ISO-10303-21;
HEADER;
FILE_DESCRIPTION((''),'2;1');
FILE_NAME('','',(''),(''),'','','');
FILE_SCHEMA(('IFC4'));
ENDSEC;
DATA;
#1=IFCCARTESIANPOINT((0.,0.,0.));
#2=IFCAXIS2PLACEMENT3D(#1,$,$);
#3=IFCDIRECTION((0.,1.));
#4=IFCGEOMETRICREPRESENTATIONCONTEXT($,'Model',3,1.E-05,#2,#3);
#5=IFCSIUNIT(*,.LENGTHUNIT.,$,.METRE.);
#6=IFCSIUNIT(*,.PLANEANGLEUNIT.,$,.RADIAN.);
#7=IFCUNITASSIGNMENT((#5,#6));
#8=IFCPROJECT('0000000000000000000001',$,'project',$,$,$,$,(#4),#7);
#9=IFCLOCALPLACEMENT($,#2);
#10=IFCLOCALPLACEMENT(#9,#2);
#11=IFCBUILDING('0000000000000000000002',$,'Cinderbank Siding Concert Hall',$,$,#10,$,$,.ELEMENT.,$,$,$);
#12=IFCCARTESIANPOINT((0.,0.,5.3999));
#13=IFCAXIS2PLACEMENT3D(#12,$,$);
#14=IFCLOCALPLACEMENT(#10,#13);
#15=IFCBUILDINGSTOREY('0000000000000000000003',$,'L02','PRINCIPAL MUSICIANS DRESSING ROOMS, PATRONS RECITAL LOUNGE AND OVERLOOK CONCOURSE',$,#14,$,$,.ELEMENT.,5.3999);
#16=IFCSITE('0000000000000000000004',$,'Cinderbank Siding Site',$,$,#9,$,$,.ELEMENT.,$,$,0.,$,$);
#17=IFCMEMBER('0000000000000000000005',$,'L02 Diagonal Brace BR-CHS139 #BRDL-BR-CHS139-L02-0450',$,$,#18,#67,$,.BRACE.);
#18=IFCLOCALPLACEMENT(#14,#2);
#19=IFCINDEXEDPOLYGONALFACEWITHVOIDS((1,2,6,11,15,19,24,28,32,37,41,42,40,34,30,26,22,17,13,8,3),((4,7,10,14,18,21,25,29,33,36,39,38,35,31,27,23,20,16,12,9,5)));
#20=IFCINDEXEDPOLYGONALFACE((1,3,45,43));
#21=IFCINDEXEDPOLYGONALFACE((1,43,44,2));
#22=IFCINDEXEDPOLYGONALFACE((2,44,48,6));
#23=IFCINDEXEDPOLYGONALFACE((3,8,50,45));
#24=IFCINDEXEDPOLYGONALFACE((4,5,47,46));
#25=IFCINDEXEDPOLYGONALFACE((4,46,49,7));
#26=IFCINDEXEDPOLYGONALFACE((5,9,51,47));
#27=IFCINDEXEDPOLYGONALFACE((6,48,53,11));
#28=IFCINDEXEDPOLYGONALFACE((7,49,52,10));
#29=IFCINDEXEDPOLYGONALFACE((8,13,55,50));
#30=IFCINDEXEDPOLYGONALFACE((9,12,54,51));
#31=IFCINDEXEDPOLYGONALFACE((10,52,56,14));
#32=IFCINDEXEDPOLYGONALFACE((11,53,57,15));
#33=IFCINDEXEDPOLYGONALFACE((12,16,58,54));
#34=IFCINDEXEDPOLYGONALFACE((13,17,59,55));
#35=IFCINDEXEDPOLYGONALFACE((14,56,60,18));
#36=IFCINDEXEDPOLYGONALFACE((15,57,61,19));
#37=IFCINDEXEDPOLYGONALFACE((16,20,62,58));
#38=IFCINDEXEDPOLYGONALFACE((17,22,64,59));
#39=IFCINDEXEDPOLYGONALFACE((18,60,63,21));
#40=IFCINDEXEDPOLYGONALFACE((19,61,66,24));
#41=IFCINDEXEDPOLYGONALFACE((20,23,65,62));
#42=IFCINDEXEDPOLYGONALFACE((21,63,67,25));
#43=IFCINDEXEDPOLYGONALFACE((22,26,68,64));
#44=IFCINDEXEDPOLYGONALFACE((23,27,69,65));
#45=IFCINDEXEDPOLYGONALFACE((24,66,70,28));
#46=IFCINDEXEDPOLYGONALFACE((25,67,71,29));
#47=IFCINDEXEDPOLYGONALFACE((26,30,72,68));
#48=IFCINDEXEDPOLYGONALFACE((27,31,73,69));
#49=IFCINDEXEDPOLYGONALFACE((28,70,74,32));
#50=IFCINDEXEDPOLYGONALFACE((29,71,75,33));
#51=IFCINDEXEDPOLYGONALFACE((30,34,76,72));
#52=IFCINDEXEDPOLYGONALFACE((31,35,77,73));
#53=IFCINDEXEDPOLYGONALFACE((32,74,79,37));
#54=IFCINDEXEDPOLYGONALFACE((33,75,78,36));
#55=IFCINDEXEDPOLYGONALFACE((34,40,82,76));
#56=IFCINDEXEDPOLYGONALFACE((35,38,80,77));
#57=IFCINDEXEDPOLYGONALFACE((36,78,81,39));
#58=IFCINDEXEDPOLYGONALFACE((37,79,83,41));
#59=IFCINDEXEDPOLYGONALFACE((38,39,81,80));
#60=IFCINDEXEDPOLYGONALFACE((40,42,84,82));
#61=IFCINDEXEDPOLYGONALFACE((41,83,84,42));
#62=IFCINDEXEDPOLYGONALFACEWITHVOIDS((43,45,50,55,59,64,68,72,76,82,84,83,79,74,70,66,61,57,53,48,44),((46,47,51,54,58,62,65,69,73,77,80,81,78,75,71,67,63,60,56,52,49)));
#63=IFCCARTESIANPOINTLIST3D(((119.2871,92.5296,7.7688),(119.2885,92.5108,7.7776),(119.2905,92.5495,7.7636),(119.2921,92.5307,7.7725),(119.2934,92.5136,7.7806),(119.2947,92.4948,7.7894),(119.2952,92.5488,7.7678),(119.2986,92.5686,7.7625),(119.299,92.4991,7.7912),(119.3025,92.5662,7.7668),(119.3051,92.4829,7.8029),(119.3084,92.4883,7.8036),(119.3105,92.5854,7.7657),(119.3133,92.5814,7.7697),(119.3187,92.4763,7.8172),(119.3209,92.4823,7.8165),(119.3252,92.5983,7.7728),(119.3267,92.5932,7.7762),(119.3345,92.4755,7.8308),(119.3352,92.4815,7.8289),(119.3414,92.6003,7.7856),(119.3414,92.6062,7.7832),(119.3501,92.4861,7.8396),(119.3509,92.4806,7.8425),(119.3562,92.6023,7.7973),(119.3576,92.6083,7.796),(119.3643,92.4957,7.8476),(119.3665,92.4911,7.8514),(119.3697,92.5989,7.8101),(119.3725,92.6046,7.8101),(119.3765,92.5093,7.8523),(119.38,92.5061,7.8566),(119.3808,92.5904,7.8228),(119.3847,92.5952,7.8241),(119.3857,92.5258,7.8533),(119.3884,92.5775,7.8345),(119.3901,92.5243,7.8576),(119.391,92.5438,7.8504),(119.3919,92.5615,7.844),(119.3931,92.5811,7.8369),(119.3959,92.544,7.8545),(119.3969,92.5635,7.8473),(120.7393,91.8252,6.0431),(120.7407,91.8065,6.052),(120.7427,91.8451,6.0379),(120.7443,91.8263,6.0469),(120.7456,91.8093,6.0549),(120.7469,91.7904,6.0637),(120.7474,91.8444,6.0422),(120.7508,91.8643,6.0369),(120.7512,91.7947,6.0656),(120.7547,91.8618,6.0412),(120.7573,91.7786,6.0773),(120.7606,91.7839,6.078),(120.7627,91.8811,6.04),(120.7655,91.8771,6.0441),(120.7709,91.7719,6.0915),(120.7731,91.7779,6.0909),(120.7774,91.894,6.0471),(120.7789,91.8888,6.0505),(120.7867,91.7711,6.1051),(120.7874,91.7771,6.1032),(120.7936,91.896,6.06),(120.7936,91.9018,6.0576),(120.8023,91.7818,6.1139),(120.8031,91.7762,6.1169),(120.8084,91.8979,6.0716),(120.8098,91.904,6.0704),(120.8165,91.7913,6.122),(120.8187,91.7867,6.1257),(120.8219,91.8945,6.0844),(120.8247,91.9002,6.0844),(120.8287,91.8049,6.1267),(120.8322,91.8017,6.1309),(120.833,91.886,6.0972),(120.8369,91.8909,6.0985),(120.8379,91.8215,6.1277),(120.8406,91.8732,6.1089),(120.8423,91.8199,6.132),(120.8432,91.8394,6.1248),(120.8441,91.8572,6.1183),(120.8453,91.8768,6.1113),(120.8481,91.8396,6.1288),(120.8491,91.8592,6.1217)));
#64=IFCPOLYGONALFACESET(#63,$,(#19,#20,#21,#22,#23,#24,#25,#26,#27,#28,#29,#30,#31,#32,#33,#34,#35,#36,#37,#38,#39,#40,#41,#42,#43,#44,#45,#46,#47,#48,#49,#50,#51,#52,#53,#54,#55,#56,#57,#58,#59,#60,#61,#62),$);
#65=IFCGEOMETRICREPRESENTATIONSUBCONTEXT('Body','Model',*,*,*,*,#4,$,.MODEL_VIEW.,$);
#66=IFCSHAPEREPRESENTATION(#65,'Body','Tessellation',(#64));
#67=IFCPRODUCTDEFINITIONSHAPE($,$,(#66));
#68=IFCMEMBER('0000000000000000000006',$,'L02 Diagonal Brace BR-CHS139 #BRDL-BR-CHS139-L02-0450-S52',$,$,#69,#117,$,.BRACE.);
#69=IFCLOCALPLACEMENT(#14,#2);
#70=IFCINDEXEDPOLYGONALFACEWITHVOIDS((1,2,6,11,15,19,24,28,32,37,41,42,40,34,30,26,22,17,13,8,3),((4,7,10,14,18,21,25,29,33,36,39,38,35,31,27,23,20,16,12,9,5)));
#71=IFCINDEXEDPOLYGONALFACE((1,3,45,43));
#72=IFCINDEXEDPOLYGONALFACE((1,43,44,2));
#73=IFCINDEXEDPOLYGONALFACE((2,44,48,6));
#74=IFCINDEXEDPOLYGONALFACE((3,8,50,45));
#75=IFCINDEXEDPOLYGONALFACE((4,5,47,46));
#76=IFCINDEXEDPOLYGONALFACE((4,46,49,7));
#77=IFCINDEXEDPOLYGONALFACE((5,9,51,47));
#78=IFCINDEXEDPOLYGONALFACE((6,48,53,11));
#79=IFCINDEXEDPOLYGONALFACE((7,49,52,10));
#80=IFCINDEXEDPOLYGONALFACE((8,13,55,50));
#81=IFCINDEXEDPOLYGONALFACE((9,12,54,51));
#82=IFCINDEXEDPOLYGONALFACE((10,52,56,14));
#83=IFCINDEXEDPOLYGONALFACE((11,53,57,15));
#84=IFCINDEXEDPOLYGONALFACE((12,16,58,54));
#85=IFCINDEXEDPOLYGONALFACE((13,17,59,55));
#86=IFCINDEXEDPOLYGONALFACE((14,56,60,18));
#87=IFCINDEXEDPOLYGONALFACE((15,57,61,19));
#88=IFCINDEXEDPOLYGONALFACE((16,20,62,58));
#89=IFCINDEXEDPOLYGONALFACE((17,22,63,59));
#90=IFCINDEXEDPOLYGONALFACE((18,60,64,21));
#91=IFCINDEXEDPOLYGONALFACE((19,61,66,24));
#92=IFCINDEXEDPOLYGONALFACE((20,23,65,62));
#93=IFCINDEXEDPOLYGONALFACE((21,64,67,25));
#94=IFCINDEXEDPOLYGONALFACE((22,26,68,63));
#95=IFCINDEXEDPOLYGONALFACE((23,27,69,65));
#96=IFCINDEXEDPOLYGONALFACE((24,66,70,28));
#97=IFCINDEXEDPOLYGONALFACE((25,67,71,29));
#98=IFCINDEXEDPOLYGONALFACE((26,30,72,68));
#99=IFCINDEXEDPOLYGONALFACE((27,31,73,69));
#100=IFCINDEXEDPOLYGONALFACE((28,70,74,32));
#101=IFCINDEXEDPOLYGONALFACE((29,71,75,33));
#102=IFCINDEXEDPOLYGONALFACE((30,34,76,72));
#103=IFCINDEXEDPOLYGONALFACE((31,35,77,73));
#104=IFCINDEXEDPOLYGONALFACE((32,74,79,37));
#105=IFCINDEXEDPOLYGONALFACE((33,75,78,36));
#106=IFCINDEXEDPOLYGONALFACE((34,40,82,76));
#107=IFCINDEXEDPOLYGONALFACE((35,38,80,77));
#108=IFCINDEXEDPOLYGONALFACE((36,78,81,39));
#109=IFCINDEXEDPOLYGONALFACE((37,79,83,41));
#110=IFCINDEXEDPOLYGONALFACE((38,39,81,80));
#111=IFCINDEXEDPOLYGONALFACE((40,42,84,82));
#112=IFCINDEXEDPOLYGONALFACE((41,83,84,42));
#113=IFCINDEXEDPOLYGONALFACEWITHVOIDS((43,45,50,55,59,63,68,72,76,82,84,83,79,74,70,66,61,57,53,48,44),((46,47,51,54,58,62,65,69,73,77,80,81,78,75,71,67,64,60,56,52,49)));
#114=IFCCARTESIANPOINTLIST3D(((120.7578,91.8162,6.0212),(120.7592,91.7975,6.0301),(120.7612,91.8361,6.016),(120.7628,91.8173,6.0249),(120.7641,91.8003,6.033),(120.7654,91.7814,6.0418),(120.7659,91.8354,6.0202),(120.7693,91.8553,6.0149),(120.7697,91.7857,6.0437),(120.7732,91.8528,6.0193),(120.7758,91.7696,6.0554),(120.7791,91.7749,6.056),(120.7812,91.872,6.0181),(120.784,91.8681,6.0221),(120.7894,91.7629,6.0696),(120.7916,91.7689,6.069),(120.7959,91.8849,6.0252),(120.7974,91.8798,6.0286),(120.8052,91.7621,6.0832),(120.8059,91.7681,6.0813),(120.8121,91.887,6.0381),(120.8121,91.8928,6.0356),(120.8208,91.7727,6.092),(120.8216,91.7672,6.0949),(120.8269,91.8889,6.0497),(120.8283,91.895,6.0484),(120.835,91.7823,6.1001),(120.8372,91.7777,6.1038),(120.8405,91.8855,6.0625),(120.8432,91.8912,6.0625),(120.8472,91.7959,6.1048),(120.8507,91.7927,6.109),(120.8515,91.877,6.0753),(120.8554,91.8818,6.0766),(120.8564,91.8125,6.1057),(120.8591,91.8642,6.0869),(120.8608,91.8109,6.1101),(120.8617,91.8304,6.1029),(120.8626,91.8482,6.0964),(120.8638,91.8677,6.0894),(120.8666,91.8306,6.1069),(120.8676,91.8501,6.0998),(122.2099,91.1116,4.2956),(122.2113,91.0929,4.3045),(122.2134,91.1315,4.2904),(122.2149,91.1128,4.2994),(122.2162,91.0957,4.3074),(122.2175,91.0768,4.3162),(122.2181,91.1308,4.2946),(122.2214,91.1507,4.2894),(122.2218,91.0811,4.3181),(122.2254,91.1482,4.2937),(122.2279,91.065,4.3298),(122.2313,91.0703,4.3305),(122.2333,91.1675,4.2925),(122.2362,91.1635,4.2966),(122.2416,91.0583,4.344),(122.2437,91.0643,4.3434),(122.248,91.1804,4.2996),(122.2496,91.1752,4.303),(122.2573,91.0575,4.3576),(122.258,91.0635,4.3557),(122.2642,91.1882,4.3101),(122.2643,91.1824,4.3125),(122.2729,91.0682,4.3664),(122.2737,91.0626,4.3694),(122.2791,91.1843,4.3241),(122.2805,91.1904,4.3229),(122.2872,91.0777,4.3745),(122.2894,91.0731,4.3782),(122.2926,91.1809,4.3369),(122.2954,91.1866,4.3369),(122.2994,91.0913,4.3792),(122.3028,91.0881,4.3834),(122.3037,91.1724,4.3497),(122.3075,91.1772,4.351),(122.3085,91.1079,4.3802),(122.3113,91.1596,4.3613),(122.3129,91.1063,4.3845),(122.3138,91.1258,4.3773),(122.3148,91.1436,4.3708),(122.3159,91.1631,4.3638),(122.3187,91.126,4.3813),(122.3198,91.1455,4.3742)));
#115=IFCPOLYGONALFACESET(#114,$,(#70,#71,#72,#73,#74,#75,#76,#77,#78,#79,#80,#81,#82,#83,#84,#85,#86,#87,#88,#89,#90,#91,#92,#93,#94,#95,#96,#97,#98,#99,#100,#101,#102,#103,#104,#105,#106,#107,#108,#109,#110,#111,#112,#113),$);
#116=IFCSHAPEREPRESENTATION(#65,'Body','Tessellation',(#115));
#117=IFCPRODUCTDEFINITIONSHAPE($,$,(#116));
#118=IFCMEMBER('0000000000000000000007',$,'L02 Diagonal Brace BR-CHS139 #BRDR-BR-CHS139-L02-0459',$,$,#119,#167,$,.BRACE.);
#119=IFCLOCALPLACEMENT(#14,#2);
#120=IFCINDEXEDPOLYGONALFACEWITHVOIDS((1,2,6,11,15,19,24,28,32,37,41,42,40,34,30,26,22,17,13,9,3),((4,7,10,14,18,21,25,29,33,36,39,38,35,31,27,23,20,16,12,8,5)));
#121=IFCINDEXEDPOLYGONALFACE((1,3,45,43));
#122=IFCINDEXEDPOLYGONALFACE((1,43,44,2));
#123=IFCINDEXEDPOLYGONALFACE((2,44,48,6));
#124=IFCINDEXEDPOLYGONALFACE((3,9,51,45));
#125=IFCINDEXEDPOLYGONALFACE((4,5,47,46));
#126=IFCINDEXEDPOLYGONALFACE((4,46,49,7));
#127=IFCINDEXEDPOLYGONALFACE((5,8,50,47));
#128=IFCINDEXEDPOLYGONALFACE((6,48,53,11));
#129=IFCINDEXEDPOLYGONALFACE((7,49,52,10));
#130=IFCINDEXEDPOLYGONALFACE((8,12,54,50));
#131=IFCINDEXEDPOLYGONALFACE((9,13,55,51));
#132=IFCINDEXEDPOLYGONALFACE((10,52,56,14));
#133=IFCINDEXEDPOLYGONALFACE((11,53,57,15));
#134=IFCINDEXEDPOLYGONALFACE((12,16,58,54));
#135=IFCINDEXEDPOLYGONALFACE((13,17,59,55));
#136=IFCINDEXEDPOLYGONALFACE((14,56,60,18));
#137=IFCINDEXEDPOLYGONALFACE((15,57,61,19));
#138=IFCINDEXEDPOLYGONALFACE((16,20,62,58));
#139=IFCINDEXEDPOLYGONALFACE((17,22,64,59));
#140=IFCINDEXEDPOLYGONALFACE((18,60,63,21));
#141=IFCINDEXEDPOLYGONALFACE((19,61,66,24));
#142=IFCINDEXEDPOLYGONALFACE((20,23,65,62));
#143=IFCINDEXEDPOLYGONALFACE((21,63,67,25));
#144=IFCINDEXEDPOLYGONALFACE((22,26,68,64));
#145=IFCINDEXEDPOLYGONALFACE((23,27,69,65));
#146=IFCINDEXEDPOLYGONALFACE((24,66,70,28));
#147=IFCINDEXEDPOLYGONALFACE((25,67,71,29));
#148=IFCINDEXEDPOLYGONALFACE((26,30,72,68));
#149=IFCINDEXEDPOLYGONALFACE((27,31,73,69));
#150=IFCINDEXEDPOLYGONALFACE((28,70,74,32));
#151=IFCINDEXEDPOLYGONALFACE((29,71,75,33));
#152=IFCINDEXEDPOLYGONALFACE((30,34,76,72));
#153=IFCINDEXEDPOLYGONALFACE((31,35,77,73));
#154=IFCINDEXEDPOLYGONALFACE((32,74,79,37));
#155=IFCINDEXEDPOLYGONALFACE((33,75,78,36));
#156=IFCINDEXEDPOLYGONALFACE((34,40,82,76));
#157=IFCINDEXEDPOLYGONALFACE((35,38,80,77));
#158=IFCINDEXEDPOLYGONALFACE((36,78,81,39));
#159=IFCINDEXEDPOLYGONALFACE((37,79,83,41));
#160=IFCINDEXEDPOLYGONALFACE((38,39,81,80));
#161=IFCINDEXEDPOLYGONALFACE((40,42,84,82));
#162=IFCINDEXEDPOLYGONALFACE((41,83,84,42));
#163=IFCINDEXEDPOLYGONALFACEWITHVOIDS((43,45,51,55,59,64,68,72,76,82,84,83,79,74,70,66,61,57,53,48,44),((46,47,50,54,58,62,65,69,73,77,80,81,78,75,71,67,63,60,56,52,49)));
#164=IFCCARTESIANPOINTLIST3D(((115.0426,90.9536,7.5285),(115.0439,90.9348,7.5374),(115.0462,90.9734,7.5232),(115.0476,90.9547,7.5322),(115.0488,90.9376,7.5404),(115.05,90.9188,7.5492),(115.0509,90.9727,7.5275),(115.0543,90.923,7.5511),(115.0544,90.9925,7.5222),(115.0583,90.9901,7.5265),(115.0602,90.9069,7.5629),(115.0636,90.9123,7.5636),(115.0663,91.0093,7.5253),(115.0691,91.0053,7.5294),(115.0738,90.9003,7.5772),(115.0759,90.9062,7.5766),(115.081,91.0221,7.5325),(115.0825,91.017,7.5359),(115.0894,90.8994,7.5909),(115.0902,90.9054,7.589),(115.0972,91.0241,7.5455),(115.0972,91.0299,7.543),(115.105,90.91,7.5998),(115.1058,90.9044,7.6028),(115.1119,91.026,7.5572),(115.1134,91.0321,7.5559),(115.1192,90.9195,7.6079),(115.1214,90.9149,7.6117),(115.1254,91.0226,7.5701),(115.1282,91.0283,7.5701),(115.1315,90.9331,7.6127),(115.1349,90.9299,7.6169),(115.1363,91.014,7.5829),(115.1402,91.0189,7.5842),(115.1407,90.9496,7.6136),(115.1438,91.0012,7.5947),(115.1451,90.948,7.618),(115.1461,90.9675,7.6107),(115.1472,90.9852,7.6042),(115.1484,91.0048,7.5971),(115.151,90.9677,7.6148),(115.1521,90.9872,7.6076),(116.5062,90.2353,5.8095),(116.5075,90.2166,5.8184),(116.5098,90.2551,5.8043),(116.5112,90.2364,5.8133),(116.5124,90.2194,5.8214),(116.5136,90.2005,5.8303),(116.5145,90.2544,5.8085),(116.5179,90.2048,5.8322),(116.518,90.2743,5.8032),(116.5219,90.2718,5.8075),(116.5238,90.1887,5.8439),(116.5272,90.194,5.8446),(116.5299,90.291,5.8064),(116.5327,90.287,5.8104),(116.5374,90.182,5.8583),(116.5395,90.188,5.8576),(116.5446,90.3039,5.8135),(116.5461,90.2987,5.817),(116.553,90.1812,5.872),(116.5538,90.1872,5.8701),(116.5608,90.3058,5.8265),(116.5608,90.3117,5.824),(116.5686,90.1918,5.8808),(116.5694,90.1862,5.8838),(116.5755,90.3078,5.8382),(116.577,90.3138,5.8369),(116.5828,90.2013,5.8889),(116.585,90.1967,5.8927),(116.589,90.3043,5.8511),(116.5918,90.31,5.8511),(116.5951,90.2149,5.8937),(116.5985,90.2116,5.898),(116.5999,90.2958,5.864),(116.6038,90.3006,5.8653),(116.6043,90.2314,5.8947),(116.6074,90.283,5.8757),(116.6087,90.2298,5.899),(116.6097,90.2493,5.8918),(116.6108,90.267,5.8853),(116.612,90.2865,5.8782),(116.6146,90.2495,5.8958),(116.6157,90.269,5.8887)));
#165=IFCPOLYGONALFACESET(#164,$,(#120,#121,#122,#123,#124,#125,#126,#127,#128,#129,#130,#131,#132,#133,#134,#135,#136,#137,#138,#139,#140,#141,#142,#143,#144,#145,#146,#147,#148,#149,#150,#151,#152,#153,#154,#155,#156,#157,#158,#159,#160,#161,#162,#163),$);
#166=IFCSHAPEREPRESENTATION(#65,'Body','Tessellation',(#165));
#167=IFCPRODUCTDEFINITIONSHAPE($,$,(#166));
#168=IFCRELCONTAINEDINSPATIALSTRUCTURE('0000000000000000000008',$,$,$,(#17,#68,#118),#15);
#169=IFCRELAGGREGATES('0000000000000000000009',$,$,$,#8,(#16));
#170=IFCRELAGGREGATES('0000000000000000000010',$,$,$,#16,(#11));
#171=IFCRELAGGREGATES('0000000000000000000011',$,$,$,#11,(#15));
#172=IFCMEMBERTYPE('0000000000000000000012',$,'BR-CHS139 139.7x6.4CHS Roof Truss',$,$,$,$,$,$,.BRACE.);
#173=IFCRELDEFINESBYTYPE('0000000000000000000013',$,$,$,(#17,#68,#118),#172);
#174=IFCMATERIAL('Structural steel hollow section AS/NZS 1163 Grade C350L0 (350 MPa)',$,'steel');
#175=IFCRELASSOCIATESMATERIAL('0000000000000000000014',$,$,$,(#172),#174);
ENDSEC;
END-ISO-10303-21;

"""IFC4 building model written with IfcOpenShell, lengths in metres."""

from ifc_helpers import new_model, si_unit, direction, frame, origin, origin_2d, place, context, subcontext, project, spatial, hollow_circle, extrude, material, material_profile, profile_set, type_object, element, save


model = new_model("IFC4")

# Units and contexts
model_context = context("Model", 3, precision=1e-05, world=origin(), true_north=direction((0.0, 1.0)))
body_context = subcontext(model_context, "Body", "Model", "MODEL_VIEW")
ifc_project = project(units=[si_unit("LENGTHUNIT", "METRE"), si_unit("PLANEANGLEUNIT", "RADIAN")], contexts=[model_context])

# Site, building, storey
site_placement = place(None, origin())
site = spatial("IfcSite", under=ifc_project, at=site_placement, Name="Cinderbank Siding Site", CompositionType="ELEMENT", RefElevation=0.0)
building_placement = place(site_placement, origin())
building = spatial("IfcBuilding", under=site, at=building_placement, Name="Cinderbank Siding Concert Hall", CompositionType="ELEMENT")
storey_placement = place(building_placement, frame((0.0, 0.0, 5.3999)))
storey = spatial("IfcBuildingStorey", under=building, at=storey_placement, Name="L02", Description="PRINCIPAL MUSICIANS DRESSING ROOMS, PATRONS RECITAL LOUNGE AND OVERLOOK CONCOURSE", CompositionType="ELEMENT", Elevation=5.3999)

# Members
ifc_material_1 = material(Name="Structural steel hollow section AS/NZS 1163 Grade C350L0 (350 MPa)", Category="steel")
ifc_material_profile_1 = material_profile(ifc_material_1, hollow_circle(Radius=0.0698, WallThickness=0.0063, at=origin_2d()), Name="139.7x6.4CHS", Category="LoadBearing")
ifc_profile_set_1 = profile_set([ifc_material_profile_1], Name="Structural steel hollow section AS/NZS 1163 Grade C350L0 (350 MPa)")
member_type_1 = type_object("IfcMemberType", Name="BR-CHS139 139.7x6.4CHS Roof Truss", PredefinedType="BRACE", material=ifc_profile_set_1)
for number, where, z_axis, x_axis, name in (
    (1, (119.342, 92.5417, 7.8101), (0.614607, -0.298107, -0.730336), (0.436411, 0.899748, 0.0), "L02 Diagonal Brace BR-CHS139 #BRDL-BR-CHS139-L02-0450"),
    (2, (120.8127, 91.8284, 6.0625), (0.614588, -0.298201, -0.730314), (0.436533, 0.899688, 0.0), "L02 Diagonal Brace BR-CHS139 #BRDL-BR-CHS139-L02-0450-S52"),
):
    element("IfcMember", number, at=place(storey_placement, frame(where, z_axis=z_axis, x_axis=x_axis)), inside=storey, type_object=member_type_1, Name=name, PredefinedType="BRACE", context=body_context, shape_type="SweptSolid", body=[
        extrude(hollow_circle(Radius=0.0698, WallThickness=0.0063, at=origin_2d()), origin(), (0.0, 0.0, 1.0), 2.3628),
    ])
member_1_placement = place(storey_placement, frame((115.0974, 90.9656, 7.5701), z_axis=(0.617775, -0.303168, -0.725564), x_axis=(0.440553, 0.897727, 0.0)))
element("IfcMember", 3, at=member_1_placement, inside=storey, type_object=member_type_1, Name="L02 Diagonal Brace BR-CHS139 #BRDR-BR-CHS139-L02-0459", PredefinedType="BRACE", context=body_context, shape_type="SweptSolid", body=[
    extrude(hollow_circle(Radius=0.0698, WallThickness=0.0063, at=origin_2d()), origin(), (0.0, 0.0, 1.0), 2.3691),
])

save(model, "model.ifc")
